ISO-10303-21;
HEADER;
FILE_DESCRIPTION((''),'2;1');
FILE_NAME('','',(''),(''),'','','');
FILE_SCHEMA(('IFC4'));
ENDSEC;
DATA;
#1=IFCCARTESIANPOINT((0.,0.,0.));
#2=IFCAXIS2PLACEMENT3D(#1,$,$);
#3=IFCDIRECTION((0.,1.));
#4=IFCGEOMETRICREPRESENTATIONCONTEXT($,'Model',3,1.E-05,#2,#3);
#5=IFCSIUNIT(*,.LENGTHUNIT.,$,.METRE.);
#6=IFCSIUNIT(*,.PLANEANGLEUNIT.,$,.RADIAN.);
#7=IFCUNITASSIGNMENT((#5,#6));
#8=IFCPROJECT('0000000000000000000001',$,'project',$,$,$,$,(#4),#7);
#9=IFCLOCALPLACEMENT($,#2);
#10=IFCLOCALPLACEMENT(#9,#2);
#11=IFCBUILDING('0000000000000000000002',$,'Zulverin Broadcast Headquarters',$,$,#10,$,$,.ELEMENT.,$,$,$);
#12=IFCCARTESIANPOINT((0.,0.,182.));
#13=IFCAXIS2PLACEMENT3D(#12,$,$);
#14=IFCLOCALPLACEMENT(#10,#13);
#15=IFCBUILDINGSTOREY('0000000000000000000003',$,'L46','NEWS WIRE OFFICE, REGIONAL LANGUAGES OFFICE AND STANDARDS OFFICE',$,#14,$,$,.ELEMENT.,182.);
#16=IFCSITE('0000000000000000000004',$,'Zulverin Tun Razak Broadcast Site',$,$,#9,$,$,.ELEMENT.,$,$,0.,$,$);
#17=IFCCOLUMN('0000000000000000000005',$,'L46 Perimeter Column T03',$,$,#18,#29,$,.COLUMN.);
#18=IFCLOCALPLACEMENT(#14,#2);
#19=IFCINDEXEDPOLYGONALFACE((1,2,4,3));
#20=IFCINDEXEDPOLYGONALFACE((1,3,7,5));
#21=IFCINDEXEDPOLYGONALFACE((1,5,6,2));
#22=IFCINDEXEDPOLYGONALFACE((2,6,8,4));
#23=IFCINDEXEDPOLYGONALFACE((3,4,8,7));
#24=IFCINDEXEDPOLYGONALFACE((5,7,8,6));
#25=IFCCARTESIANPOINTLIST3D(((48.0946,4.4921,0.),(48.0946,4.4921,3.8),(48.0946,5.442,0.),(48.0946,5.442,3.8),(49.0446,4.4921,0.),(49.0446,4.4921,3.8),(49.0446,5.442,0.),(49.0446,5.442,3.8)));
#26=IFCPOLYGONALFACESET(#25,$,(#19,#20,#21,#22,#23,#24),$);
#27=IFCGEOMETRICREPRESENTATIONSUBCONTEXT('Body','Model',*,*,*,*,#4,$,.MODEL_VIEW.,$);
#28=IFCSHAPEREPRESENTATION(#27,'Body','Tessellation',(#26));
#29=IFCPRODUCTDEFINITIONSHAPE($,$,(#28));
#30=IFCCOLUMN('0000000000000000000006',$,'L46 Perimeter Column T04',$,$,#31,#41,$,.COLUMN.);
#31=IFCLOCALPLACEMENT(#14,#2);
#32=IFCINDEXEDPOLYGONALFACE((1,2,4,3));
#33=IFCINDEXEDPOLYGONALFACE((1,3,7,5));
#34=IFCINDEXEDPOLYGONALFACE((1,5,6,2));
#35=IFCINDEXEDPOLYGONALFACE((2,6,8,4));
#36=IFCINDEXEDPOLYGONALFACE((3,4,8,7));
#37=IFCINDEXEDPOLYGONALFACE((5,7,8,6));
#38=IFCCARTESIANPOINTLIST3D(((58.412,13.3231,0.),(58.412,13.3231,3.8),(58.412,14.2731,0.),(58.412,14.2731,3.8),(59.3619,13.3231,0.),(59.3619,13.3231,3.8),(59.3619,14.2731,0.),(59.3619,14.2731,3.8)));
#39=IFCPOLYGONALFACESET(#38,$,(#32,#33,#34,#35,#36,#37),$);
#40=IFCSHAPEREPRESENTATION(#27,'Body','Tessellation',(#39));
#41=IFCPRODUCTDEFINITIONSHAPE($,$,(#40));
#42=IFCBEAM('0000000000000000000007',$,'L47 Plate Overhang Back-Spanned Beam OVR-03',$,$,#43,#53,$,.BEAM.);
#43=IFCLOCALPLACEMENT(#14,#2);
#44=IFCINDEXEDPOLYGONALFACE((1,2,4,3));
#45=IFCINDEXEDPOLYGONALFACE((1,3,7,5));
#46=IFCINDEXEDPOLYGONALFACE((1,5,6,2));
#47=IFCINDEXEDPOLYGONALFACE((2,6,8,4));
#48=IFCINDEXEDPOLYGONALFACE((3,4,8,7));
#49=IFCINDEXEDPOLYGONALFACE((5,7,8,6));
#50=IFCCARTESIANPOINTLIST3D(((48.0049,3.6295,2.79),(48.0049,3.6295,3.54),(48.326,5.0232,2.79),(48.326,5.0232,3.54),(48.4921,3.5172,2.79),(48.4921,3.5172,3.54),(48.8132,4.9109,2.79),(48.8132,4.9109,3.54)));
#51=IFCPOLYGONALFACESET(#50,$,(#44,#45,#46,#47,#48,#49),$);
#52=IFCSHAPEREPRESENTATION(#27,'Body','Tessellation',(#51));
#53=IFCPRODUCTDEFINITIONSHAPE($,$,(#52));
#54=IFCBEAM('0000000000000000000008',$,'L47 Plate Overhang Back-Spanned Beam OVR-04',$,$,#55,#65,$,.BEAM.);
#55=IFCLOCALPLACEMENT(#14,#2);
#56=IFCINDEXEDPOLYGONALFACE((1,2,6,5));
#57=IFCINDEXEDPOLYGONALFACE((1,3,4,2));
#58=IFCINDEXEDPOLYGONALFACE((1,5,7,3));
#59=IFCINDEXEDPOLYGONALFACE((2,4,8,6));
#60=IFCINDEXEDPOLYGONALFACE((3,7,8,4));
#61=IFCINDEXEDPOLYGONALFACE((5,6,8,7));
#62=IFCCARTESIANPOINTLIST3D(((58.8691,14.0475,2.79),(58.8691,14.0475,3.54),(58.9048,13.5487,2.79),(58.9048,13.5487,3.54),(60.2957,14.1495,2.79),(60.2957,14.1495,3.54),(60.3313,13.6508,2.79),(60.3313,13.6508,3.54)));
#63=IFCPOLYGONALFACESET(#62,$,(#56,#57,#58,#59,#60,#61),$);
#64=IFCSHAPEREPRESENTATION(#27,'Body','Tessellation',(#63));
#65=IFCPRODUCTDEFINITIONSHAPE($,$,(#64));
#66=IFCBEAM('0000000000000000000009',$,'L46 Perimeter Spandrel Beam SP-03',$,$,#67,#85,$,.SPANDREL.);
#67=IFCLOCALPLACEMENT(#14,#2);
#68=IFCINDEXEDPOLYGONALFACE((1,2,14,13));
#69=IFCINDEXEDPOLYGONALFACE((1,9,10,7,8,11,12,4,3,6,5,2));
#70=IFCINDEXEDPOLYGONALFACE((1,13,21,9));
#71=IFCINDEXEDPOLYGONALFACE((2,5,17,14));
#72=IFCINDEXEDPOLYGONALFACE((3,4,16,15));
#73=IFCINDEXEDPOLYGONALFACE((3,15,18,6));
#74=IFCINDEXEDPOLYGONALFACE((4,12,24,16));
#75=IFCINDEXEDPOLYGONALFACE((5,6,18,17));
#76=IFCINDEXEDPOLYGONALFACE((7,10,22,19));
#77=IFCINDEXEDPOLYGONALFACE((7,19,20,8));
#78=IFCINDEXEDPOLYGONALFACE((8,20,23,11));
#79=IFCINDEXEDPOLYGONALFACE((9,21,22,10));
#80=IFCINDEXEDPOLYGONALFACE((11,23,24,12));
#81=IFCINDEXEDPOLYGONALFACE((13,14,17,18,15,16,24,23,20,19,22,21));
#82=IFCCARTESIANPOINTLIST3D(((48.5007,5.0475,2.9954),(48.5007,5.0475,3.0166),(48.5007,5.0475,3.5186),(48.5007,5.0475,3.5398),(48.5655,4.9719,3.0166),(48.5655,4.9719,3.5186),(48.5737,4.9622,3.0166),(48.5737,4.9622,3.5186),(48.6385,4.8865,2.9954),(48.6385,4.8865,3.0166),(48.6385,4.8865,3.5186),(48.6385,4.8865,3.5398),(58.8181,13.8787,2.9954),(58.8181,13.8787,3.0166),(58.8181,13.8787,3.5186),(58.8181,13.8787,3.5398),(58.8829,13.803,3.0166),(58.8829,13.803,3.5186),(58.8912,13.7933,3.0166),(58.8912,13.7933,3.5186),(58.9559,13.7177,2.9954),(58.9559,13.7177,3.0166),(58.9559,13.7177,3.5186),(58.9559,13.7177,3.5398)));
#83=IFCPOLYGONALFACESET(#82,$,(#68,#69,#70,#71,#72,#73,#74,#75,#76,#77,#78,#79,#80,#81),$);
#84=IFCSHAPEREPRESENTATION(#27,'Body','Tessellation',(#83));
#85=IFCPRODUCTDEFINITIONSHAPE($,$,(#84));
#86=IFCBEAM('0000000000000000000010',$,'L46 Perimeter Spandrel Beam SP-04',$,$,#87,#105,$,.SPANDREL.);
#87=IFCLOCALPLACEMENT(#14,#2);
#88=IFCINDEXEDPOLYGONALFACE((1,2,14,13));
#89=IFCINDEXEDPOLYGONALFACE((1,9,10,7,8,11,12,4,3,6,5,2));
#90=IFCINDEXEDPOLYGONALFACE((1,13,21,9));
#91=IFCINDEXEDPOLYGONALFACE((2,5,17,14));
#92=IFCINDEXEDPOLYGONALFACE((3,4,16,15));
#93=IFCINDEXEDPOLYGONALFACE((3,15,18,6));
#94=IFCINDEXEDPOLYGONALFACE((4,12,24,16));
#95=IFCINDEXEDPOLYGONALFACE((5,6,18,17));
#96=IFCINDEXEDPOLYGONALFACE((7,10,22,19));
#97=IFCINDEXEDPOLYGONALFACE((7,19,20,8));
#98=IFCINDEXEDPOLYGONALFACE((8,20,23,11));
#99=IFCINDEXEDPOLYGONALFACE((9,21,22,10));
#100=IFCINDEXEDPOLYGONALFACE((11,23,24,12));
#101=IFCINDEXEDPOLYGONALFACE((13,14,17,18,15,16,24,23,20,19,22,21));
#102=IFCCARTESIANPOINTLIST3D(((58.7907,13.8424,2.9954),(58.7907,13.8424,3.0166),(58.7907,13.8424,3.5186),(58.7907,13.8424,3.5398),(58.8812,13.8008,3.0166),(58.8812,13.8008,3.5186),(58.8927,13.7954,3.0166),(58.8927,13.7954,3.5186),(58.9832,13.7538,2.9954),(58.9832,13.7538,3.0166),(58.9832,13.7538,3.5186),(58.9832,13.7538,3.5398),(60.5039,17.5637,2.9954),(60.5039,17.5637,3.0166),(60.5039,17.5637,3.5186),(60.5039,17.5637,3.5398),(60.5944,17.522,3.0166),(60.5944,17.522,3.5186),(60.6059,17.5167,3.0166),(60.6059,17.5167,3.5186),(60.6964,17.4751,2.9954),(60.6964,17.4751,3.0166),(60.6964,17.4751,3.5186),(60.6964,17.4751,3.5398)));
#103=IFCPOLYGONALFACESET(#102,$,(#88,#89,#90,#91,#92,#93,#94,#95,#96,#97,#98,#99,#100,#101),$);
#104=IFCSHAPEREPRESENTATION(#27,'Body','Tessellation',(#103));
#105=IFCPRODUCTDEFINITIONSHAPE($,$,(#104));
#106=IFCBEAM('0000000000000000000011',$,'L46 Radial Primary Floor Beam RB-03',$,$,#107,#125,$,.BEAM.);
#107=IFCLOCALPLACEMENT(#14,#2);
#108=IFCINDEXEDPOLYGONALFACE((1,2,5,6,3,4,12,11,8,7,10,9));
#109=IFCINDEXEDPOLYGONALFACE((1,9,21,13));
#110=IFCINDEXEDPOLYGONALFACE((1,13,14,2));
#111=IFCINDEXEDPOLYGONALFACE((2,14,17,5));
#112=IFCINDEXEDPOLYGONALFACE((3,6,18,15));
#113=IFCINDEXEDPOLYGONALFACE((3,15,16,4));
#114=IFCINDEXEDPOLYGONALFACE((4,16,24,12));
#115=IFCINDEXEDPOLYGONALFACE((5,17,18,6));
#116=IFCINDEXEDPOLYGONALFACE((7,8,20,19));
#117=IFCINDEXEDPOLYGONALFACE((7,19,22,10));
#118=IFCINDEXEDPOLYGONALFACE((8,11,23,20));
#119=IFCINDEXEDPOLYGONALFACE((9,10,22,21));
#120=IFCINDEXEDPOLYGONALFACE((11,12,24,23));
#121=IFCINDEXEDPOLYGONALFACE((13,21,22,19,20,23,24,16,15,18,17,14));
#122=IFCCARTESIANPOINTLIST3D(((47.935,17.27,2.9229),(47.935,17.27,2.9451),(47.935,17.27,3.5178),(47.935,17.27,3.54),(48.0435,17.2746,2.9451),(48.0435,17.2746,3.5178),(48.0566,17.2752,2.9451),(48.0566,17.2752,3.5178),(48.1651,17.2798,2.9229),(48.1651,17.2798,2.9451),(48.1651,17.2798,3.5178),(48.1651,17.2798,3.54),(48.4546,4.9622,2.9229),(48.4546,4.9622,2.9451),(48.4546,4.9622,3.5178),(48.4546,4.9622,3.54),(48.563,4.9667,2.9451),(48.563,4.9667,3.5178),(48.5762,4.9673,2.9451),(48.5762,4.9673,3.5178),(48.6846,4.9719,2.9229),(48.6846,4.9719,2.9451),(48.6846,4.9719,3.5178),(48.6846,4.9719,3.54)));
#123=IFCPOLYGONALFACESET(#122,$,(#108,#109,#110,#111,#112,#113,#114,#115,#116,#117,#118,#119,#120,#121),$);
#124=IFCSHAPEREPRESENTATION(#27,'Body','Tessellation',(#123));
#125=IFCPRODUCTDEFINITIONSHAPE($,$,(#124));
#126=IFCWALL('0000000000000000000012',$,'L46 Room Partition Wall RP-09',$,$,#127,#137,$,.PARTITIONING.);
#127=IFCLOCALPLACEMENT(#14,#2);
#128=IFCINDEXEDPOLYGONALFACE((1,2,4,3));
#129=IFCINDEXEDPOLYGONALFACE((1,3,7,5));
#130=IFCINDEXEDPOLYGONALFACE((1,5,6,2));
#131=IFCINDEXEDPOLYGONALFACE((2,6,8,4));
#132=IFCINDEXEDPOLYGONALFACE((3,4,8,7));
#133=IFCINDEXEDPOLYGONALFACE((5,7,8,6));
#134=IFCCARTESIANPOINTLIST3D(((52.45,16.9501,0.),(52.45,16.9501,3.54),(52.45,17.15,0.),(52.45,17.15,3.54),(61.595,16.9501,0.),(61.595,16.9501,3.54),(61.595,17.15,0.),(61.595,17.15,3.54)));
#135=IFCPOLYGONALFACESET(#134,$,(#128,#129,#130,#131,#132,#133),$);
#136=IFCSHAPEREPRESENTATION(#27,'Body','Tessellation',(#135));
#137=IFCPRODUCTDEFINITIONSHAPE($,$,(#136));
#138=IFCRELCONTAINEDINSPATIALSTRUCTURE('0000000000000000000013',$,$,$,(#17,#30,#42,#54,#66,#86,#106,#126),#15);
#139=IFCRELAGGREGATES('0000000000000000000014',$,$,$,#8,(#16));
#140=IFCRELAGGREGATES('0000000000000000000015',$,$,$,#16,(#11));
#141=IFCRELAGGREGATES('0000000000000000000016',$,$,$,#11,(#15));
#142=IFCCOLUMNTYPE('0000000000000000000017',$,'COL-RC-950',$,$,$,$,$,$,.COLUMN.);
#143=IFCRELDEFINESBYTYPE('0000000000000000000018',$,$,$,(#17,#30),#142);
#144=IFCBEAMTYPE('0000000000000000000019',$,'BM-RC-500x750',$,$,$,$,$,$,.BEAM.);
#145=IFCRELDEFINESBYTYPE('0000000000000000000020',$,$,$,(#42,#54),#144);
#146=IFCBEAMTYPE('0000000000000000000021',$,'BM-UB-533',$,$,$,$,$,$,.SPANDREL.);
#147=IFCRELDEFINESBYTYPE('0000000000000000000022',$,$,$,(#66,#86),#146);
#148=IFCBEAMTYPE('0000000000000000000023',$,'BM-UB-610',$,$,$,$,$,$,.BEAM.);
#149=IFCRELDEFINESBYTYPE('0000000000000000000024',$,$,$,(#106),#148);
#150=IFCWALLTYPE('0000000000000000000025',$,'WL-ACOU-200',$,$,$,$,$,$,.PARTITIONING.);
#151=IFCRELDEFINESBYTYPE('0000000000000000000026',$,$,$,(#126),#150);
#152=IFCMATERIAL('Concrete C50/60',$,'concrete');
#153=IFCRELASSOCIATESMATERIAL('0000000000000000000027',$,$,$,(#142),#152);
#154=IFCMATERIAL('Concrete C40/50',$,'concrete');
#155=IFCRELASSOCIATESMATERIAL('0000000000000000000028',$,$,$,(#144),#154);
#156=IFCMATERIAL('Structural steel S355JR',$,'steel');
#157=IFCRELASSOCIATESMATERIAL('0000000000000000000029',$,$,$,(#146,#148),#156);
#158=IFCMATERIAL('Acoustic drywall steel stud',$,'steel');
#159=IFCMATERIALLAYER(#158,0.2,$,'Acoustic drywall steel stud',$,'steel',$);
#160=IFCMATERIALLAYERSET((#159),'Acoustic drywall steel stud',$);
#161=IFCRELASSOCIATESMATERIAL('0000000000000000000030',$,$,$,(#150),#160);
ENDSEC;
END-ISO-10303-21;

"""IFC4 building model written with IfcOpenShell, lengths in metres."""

from ifc_helpers import new_model, si_unit, direction, frame, frame_2d, origin, origin_2d, place, context, subcontext, project, spatial, rectangle, i_section, extrude, material, layer, layer_set, material_profile, profile_set, type_object, element, save


model = new_model("IFC4")

# Units and contexts
model_context = context("Model", 3, precision=1e-05, world=origin(), true_north=direction((0.0, 1.0)))
body_context = subcontext(model_context, "Body", "Model", "MODEL_VIEW")
ifc_project = project(units=[si_unit("LENGTHUNIT", "METRE"), si_unit("PLANEANGLEUNIT", "RADIAN")], contexts=[model_context])

# Site, building, storey
site_placement = place(None, origin())
site = spatial("IfcSite", under=ifc_project, at=site_placement, Name="Zulverin Tun Razak Broadcast Site", CompositionType="ELEMENT", RefElevation=0.0)
building_placement = place(site_placement, origin())
building = spatial("IfcBuilding", under=site, at=building_placement, Name="Zulverin Broadcast Headquarters", CompositionType="ELEMENT")
storey_placement = place(building_placement, frame((0.0, 0.0, 182.0)))
storey = spatial("IfcBuildingStorey", under=building, at=storey_placement, Name="L46", Description="NEWS WIRE OFFICE, REGIONAL LANGUAGES OFFICE AND STANDARDS OFFICE", CompositionType="ELEMENT", Elevation=182.0)

# Columns
ifc_material_1 = material(Name="Concrete C50/60", Category="concrete")
ifc_material_profile_1 = material_profile(ifc_material_1, rectangle(XDim=0.95, YDim=0.95, at=origin_2d()), Name="Concrete C50/60", Category="concrete")
ifc_profile_set_1 = profile_set([ifc_material_profile_1], Name="Concrete C50/60")
column_type = type_object("IfcColumnType", Name="COL-RC-950", PredefinedType="COLUMN", material=ifc_profile_set_1)
for number, where, z_axis, x_axis, name in (
    (1, (48.5696, 4.967, 0.0), (0.0, 0.0, 1.0), (1.0, 0.0, 0.0), "L46 Perimeter Column T03"),
    (2, (58.887, 13.7981, 0.0), (0.0, 0.0, 1.0), (1.0, 0.0, 0.0), "L46 Perimeter Column T04"),
):
    element("IfcColumn", number, at=place(storey_placement, frame(where, z_axis=z_axis, x_axis=x_axis)), inside=storey, type_object=column_type, Name=name, PredefinedType="COLUMN", context=body_context, shape_type="SweptSolid", body=[
        extrude(rectangle(XDim=0.95, YDim=0.95, at=origin_2d()), origin(), (0.0, 0.0, 1.0), 3.8),
    ])

# Beams
ifc_material_2 = material(Name="Concrete C40/50", Category="concrete")
ifc_material_profile_2 = material_profile(ifc_material_2, rectangle(XDim=0.5, YDim=0.75, at=origin_2d()), Name="Concrete C40/50", Category="concrete")
ifc_profile_set_2 = profile_set([ifc_material_profile_2], Name="Concrete C40/50")
beam_type_1 = type_object("IfcBeamType", Name="BM-RC-500x750", PredefinedType="BEAM", material=ifc_profile_set_2)
for number, where, z_axis, x_axis, name in (
    (3, (48.5696, 4.967, 3.165), (-0.224498, -0.974475, 0.0), (0.974475, -0.224498, 0.0), "L47 Plate Overhang Back-Spanned Beam OVR-03"),
    (4, (58.887, 13.7981, 3.165), (0.997451, 0.071356, 0.0), (-0.071356, 0.997451, 0.0), "L47 Plate Overhang Back-Spanned Beam OVR-04"),
):
    element("IfcBeam", number, at=place(storey_placement, frame(where, z_axis=z_axis, x_axis=x_axis)), inside=storey, type_object=beam_type_1, Name=name, PredefinedType="BEAM", context=body_context, shape_type="SweptSolid", body=[
        extrude(rectangle(XDim=0.5, YDim=0.75, at=origin_2d()), origin(), (0.0, 0.0, 1.0), 1.4302),
    ])
ifc_material_3 = material(Name="Structural steel S355JR", Category="steel")
ifc_material_profile_3 = material_profile(ifc_material_3, i_section(OverallWidth=0.2119, OverallDepth=0.5444, WebThickness=0.0127, FlangeThickness=0.0212, at=origin_2d()), Name="Structural steel S355JR", Category="steel")
ifc_profile_set_3 = profile_set([ifc_material_profile_3], Name="Structural steel S355JR")
beam_type_2 = type_object("IfcBeamType", Name="BM-UB-533", PredefinedType="SPANDREL", material=ifc_profile_set_3)
beam_1_placement = place(storey_placement, frame((48.5696, 4.967, 3.2676), z_axis=(0.759708, 0.650264, 0.0), x_axis=(-0.650264, 0.759708, 0.0)))
element("IfcBeam", 5, at=beam_1_placement, inside=storey, type_object=beam_type_2, Name="L46 Perimeter Spandrel Beam SP-03", PredefinedType="SPANDREL", context=body_context, shape_type="SweptSolid", body=[
    extrude(i_section(OverallWidth=0.2119, OverallDepth=0.5444, WebThickness=0.0127, FlangeThickness=0.0212, at=origin_2d()), origin(), (0.0, 0.0, 1.0), 13.5808),
])
beam_2_placement = place(storey_placement, frame((58.887, 13.7981, 3.2676), z_axis=(0.418185, 0.908362, 0.0), x_axis=(-0.908362, 0.418185, 0.0)))
element("IfcBeam", 6, at=beam_2_placement, inside=storey, type_object=beam_type_2, Name="L46 Perimeter Spandrel Beam SP-04", PredefinedType="SPANDREL", context=body_context, shape_type="SweptSolid", body=[
    extrude(i_section(OverallWidth=0.2119, OverallDepth=0.5444, WebThickness=0.0127, FlangeThickness=0.0212, at=origin_2d()), origin(), (0.0, 0.0, 1.0), 4.0967),
])
ifc_material_profile_4 = material_profile(ifc_material_3, i_section(OverallWidth=0.2302, OverallDepth=0.6172, WebThickness=0.0132, FlangeThickness=0.0222, at=origin_2d()), Name="Structural steel S355JR", Category="steel")
ifc_profile_set_4 = profile_set([ifc_material_profile_4], Name="Structural steel S355JR")
beam_type_3 = type_object("IfcBeamType", Name="BM-UB-610", PredefinedType="BEAM", material=ifc_profile_set_4)
beam_3_placement = place(storey_placement, frame((48.05, 17.2749, 3.2314), z_axis=(0.042174, -0.99911, 0.0), x_axis=(0.99911, 0.042174, 0.0)))
element("IfcBeam", 7, at=beam_3_placement, inside=storey, type_object=beam_type_3, Name="L46 Radial Primary Floor Beam RB-03", PredefinedType="BEAM", context=body_context, shape_type="SweptSolid", body=[
    extrude(i_section(OverallWidth=0.2302, OverallDepth=0.6172, WebThickness=0.0132, FlangeThickness=0.0222, at=origin_2d()), origin(), (0.0, 0.0, 1.0), 12.3188),
])

# Wall
ifc_material_4 = material(Name="Acoustic drywall steel stud", Category="steel")
ifc_layer_1 = layer(ifc_material_4, 0.2, Name="Acoustic drywall steel stud", Category="steel")
ifc_layer_set_1 = layer_set([ifc_layer_1], Name="Acoustic drywall steel stud")
wall_type_1 = type_object("IfcWallType", Name="WL-ACOU-200", PredefinedType="PARTITIONING", material=ifc_layer_set_1)
wall_1_placement = place(storey_placement, frame((52.45, 17.05, 0.0), z_axis=(0.0, 0.0, 1.0), x_axis=(1.0, 0.0, 0.0)))
element("IfcWall", 8, at=wall_1_placement, inside=storey, type_object=wall_type_1, Name="L46 Room Partition Wall RP-09", PredefinedType="PARTITIONING", context=body_context, shape_type="SweptSolid", body=[
    extrude(rectangle(XDim=9.145, YDim=0.2, at=frame_2d((4.5725, 0.0))), origin(), (0.0, 0.0, 1.0), 3.54),
])

save(model, "model.ifc")
